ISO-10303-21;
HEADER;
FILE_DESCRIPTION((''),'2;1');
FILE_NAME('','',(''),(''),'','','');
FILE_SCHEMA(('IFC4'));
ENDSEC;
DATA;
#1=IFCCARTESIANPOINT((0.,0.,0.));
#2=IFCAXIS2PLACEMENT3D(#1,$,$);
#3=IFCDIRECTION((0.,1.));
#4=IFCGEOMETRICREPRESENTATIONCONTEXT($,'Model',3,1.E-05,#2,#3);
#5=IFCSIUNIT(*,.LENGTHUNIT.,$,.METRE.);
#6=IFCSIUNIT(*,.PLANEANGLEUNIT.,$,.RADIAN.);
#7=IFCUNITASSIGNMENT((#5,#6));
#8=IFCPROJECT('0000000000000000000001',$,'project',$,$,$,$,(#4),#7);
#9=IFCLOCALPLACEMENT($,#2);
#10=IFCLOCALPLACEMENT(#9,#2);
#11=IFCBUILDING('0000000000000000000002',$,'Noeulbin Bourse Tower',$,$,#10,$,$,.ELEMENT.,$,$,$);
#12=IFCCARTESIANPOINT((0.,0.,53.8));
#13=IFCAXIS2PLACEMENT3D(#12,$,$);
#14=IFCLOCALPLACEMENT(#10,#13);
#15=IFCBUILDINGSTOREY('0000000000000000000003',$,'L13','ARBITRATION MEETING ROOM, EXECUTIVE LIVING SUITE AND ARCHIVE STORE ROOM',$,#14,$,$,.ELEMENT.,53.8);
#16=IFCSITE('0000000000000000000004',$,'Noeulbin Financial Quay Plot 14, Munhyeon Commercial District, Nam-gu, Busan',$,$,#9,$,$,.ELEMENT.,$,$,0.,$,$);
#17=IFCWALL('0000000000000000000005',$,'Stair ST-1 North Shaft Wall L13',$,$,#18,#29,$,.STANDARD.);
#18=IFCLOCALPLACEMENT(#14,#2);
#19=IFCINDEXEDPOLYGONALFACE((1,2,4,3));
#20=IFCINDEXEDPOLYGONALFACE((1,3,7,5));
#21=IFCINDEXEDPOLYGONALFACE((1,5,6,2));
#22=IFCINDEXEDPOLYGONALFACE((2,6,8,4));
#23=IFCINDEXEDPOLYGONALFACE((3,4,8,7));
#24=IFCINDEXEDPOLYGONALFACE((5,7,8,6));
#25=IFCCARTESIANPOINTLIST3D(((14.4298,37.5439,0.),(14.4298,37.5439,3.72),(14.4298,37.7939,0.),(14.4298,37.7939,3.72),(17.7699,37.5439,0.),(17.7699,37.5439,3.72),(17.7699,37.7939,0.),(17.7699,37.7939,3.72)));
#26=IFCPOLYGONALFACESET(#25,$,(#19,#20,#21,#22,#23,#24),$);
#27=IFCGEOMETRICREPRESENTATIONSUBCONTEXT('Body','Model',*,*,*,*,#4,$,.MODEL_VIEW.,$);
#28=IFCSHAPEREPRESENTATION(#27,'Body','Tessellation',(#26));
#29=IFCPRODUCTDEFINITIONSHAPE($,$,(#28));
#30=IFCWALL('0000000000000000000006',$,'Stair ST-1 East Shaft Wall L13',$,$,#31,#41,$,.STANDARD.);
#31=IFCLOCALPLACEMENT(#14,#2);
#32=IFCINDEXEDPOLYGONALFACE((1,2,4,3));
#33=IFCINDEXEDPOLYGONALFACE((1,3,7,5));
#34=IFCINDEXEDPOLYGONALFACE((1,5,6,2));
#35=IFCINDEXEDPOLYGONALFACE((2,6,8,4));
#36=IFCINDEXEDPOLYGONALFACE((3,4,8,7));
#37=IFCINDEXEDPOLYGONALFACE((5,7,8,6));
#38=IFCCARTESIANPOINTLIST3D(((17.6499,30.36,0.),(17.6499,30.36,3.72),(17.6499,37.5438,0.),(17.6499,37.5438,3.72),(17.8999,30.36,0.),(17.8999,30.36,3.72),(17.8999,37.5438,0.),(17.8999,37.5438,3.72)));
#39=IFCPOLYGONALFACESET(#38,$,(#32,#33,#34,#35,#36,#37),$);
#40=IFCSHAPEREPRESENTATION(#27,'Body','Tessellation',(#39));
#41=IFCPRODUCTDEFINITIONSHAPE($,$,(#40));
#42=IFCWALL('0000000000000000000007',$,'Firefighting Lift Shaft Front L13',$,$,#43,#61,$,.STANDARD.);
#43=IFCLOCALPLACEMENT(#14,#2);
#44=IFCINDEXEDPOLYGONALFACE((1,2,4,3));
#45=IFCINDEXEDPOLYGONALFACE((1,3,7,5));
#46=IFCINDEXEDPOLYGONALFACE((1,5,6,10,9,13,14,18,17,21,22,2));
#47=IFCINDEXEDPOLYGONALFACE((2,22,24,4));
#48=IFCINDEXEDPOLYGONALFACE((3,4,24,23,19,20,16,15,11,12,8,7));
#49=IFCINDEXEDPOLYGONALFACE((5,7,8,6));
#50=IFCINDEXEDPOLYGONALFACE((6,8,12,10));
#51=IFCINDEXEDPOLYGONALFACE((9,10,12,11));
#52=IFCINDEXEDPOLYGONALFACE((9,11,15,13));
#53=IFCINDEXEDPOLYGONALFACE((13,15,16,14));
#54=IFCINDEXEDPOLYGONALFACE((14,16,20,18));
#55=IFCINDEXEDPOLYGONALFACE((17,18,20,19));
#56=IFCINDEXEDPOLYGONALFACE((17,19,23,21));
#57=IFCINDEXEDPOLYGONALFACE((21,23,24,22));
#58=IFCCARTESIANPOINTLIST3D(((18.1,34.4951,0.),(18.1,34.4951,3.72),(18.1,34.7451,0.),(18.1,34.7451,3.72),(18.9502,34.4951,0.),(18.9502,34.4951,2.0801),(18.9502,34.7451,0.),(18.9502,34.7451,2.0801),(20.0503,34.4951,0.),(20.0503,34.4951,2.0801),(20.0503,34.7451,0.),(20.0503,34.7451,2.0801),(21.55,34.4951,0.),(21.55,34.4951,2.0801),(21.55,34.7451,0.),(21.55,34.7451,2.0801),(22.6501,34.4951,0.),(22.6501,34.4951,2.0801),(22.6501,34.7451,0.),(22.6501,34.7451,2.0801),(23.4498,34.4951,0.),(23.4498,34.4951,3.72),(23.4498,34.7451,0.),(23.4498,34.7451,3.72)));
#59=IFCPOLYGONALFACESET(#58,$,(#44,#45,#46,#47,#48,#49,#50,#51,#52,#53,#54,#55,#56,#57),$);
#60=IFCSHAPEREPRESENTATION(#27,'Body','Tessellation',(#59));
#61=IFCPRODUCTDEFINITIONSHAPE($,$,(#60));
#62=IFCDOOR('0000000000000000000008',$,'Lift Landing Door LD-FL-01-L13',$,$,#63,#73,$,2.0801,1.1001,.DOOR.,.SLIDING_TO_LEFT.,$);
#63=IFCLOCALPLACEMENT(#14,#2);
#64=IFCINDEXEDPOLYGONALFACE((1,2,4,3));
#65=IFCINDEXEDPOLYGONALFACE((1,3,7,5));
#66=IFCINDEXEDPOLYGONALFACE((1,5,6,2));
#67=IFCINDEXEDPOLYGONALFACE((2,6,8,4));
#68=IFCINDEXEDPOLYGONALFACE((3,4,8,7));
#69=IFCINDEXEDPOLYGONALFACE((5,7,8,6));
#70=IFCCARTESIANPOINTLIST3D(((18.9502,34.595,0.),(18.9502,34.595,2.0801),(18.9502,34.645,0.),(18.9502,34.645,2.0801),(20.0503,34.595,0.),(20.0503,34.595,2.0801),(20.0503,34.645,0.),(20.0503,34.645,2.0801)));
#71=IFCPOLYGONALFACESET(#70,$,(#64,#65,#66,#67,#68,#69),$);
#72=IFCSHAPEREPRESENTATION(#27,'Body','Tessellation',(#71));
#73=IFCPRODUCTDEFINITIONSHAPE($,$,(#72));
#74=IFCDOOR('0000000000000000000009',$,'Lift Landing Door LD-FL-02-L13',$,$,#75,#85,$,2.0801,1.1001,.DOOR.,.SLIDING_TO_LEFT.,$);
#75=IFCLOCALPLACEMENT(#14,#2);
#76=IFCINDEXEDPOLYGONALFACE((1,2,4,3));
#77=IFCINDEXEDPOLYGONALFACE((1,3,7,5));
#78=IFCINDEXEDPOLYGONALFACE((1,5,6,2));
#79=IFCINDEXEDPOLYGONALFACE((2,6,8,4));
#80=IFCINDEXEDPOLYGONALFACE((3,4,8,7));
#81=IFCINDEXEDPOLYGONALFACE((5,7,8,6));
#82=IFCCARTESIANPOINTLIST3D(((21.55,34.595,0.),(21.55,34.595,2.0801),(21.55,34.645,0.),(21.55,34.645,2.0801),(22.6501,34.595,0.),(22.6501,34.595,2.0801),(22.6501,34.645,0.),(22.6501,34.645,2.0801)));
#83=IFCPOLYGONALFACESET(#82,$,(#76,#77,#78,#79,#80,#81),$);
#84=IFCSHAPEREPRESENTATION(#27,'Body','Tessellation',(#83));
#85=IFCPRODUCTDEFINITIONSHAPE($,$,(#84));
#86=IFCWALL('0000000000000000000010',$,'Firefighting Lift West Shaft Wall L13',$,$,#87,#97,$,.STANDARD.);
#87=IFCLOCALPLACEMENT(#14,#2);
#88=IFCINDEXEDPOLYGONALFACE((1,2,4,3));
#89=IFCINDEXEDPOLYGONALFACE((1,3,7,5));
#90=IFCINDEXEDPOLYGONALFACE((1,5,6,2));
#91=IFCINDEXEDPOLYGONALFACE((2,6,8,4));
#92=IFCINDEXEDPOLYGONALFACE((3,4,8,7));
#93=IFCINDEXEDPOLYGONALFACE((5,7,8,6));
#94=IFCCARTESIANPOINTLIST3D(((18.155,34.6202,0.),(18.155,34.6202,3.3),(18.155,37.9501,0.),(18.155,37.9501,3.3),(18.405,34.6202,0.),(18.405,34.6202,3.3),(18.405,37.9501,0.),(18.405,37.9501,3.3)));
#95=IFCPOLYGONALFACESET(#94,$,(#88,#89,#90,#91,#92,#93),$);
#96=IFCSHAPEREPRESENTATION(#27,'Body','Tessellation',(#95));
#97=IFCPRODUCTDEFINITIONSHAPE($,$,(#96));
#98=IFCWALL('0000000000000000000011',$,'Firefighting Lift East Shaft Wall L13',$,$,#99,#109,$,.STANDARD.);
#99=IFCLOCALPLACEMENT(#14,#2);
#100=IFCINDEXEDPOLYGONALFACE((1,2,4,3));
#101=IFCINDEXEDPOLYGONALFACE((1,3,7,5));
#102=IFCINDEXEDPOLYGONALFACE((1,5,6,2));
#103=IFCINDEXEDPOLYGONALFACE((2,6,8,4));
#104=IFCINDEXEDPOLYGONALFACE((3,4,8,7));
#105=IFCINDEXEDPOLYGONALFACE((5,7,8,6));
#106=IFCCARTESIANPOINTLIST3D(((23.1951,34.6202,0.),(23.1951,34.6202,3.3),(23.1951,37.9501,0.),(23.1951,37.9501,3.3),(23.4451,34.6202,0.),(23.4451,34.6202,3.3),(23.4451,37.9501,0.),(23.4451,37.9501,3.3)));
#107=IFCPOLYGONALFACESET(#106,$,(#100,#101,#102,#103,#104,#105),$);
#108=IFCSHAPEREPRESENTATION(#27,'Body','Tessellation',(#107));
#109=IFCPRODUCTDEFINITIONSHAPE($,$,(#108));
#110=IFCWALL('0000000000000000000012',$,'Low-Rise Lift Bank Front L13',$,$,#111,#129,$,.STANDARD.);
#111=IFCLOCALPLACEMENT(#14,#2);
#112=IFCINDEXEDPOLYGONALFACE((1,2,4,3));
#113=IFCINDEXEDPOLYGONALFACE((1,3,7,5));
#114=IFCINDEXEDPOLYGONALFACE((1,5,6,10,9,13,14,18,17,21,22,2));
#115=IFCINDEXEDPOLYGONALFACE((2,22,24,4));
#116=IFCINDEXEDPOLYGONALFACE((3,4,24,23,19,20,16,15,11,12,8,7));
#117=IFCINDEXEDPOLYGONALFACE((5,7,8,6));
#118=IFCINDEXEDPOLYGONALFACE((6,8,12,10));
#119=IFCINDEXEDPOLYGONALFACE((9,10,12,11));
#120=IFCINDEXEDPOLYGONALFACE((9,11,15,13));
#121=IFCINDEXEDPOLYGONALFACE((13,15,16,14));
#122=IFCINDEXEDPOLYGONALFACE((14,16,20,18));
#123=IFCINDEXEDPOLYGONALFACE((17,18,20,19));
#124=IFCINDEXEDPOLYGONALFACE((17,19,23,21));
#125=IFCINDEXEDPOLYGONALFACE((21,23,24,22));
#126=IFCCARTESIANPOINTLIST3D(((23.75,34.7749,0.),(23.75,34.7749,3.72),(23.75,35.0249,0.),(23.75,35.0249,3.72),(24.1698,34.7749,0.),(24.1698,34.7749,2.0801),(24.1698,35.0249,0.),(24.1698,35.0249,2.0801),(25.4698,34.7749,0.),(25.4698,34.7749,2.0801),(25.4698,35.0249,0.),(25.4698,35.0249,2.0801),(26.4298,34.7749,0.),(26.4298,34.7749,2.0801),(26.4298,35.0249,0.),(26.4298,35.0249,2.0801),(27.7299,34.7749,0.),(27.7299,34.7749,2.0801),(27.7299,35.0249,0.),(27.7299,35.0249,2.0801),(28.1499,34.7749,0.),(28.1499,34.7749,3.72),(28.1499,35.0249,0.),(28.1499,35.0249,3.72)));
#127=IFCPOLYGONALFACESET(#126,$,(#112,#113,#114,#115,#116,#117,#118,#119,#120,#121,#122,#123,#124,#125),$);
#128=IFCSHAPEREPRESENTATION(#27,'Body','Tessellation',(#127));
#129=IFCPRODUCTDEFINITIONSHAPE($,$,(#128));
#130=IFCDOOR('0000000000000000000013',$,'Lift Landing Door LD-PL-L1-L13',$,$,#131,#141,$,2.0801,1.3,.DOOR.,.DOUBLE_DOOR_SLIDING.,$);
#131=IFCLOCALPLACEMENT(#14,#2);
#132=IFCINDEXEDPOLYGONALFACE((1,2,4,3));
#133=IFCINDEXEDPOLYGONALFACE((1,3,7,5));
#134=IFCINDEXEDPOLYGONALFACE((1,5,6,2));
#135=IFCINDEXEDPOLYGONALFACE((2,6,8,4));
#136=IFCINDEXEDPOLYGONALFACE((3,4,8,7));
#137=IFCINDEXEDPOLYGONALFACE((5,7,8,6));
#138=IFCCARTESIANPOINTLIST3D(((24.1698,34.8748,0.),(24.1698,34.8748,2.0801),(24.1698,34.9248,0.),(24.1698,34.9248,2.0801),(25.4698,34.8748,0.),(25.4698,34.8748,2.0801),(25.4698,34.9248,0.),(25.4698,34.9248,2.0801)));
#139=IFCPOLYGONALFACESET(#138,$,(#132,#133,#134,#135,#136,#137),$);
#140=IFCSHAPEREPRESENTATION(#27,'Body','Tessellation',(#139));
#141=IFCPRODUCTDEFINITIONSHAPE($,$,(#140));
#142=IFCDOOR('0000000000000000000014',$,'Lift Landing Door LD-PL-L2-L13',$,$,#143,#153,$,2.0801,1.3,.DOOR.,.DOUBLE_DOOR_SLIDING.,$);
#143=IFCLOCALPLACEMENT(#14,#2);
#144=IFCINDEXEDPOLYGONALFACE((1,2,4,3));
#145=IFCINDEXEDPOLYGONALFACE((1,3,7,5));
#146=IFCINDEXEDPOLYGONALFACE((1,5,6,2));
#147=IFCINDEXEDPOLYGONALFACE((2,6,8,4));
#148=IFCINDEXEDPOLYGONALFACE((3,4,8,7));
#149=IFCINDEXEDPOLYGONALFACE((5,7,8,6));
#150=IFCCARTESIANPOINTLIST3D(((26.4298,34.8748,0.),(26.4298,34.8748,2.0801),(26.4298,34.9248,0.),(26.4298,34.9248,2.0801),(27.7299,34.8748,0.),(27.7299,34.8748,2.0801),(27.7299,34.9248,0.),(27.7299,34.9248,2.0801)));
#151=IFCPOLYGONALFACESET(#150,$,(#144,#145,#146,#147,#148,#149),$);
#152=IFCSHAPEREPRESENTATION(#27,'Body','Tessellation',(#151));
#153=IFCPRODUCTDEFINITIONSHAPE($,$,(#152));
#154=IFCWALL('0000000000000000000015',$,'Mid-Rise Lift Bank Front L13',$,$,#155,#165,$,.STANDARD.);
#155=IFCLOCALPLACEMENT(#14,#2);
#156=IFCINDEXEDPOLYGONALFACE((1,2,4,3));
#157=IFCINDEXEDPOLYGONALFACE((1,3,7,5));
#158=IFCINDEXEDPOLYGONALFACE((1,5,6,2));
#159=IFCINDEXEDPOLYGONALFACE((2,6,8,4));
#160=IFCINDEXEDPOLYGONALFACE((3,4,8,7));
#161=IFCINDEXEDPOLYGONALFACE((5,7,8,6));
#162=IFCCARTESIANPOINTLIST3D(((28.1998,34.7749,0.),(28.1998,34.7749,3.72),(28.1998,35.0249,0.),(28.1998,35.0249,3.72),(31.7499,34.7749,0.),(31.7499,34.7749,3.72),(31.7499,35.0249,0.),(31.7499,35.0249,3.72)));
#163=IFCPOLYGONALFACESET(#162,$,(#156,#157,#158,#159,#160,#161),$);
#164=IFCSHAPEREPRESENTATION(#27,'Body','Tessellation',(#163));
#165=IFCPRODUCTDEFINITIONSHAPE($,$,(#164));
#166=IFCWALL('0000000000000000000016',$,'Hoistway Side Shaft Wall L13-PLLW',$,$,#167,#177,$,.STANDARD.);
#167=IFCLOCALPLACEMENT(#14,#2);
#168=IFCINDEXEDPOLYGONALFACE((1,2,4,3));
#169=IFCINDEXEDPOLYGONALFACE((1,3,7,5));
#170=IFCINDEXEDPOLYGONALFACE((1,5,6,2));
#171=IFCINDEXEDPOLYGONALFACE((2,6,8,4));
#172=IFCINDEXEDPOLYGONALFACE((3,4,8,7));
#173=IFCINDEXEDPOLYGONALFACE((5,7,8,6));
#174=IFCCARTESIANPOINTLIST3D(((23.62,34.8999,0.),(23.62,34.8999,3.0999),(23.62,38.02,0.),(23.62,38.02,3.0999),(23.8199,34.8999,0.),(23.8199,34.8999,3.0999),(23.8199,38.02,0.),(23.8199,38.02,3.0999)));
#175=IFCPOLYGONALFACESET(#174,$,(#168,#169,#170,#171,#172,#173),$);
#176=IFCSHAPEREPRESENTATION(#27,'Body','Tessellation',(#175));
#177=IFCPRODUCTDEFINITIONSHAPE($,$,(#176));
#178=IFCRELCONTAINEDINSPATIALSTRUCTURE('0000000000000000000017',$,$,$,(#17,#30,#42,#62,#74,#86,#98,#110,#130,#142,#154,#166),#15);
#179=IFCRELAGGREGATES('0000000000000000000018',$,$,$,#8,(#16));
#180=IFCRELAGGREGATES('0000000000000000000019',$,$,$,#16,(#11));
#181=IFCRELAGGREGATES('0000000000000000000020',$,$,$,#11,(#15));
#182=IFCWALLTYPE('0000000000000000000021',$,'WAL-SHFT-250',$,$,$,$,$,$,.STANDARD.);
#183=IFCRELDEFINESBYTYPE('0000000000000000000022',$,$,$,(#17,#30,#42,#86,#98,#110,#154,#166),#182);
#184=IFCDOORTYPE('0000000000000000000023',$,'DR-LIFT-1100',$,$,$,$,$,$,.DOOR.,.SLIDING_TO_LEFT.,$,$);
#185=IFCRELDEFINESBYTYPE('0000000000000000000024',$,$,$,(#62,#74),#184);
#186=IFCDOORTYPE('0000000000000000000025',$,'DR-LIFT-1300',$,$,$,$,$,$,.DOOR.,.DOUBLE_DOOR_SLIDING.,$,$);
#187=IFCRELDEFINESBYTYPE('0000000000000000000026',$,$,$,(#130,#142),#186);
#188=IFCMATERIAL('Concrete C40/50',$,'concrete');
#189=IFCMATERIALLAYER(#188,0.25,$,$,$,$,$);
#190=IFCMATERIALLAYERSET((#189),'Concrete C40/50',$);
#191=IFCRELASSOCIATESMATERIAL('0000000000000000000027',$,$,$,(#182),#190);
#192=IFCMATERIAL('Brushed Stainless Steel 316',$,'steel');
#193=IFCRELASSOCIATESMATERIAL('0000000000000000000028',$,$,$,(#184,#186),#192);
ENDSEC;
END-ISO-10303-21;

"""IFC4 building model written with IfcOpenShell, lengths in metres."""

from ifc_helpers import new_model, si_unit, direction, frame, frame_2d, origin, place, context, subcontext, project, spatial, rectangle, extrude, material, layer, layer_set, type_object, element, fill, save


model = new_model("IFC4")

# Units and contexts
model_context = context("Model", 3, precision=1e-05, world=origin(), true_north=direction((0.0, 1.0)))
body_context = subcontext(model_context, "Body", "Model", "MODEL_VIEW")
ifc_project = project(units=[si_unit("LENGTHUNIT", "METRE"), si_unit("PLANEANGLEUNIT", "RADIAN")], contexts=[model_context])

# Site, building, storey
site_placement = place(None, origin())
site = spatial("IfcSite", under=ifc_project, at=site_placement, Name="Noeulbin Financial Quay Plot 14, Munhyeon Commercial District, Nam-gu, Busan", CompositionType="ELEMENT", RefElevation=0.0)
building_placement = place(site_placement, origin())
building = spatial("IfcBuilding", under=site, at=building_placement, Name="Noeulbin Bourse Tower", CompositionType="ELEMENT")
storey_placement = place(building_placement, frame((0.0, 0.0, 53.8)))
storey = spatial("IfcBuildingStorey", under=building, at=storey_placement, Name="L13", Description="ARBITRATION MEETING ROOM, EXECUTIVE LIVING SUITE AND ARCHIVE STORE ROOM", CompositionType="ELEMENT", Elevation=53.8)

# Walls
ifc_material_1 = material(Name="Concrete C40/50", Category="concrete")
ifc_layer_1 = layer(ifc_material_1, 0.25)
ifc_layer_set_1 = layer_set([ifc_layer_1], Name="Concrete C40/50")
wall_type_1 = type_object("IfcWallType", Name="WAL-SHFT-250", PredefinedType="STANDARD", material=ifc_layer_set_1)
wall_1_placement = place(storey_placement, frame((14.4299, 37.6689, 0.0), z_axis=(0.0, 0.0, 1.0), x_axis=(1.0, 0.0, 0.0)))
element("IfcWall", 1, at=wall_1_placement, inside=storey, type_object=wall_type_1, Name="Stair ST-1 North Shaft Wall L13", PredefinedType="STANDARD", context=body_context, shape_type="SweptSolid", body=[
    extrude(rectangle(XDim=3.3401, YDim=0.25, at=frame_2d((1.6699, 0.0))), origin(), (0.0, 0.0, 1.0), 3.72),
])
wall_2_placement = place(storey_placement, frame((17.7749, 30.3601, 0.0), z_axis=(0.0, 0.0, 1.0), x_axis=(0.0, 1.0, 0.0)))
element("IfcWall", 2, at=wall_2_placement, inside=storey, type_object=wall_type_1, Name="Stair ST-1 East Shaft Wall L13", PredefinedType="STANDARD", context=body_context, shape_type="SweptSolid", body=[
    extrude(rectangle(XDim=7.1838, YDim=0.25, at=frame_2d((3.5918, 0.0))), origin(), (0.0, 0.0, 1.0), 3.72),
])

# Wall, openings, doors
wall_3_placement = place(storey_placement, frame((18.1001, 34.6201, 0.0), z_axis=(0.0, 0.0, 1.0), x_axis=(1.0, 0.0, 0.0)))
wall_3 = element("IfcWall", 3, at=wall_3_placement, inside=storey, type_object=wall_type_1, Name="Firefighting Lift Shaft Front L13", PredefinedType="STANDARD", context=body_context, shape_type="SweptSolid", body=[
    extrude(rectangle(XDim=5.3499, YDim=0.25, at=frame_2d((2.6748, 0.0))), origin(), (0.0, 0.0, 1.0), 3.72),
])
opening_1_placement = place(wall_3_placement, frame((0.8501, 0.0, 0.0)))
opening_1 = element("IfcOpeningElement", 4, at=opening_1_placement, cuts=wall_3, PredefinedType="OPENING", context=body_context, shape_type="SweptSolid", body=[
    extrude(rectangle(XDim=1.1001, YDim=2.0801, at=frame_2d((0.55, 1.04))), frame((0.0, 0.135, 0.0), z_axis=(0.0, -1.0, 0.0), x_axis=(1.0, 0.0, 0.0)), (0.0, 0.0, 1.0), 0.27),
])
opening_2_placement = place(wall_3_placement, frame((3.45, 0.0, 0.0)))
opening_2 = element("IfcOpeningElement", 5, at=opening_2_placement, cuts=wall_3, PredefinedType="OPENING", context=body_context, shape_type="SweptSolid", body=[
    extrude(rectangle(XDim=1.1001, YDim=2.0801, at=frame_2d((0.55, 1.04))), frame((0.0, 0.135, 0.0), z_axis=(0.0, -1.0, 0.0), x_axis=(1.0, 0.0, 0.0)), (0.0, 0.0, 1.0), 0.27),
])
ifc_material_2 = material(Name="Brushed Stainless Steel 316", Category="steel")
door_type_1 = type_object("IfcDoorType", Name="DR-LIFT-1100", OperationType="SLIDING_TO_LEFT", PredefinedType="DOOR", material=ifc_material_2)
door_1_placement = place(opening_1_placement, origin())
door_1 = element("IfcDoor", 6, at=door_1_placement, inside=storey, type_object=door_type_1, Name="Lift Landing Door LD-FL-01-L13", OperationType="SLIDING_TO_LEFT", OverallHeight=2.0801, OverallWidth=1.1001, PredefinedType="DOOR", context=body_context, shape_type="SweptSolid", body=[
    extrude(rectangle(XDim=1.1001, YDim=2.0801, at=frame_2d((0.55, 1.04))), frame((0.0, 0.0249, 0.0), z_axis=(0.0, -1.0, 0.0), x_axis=(1.0, 0.0, 0.0)), (0.0, 0.0, 1.0), 0.05),
])
fill(opening_1, door_1)
door_2_placement = place(opening_2_placement, origin())
door_2 = element("IfcDoor", 7, at=door_2_placement, inside=storey, type_object=door_type_1, Name="Lift Landing Door LD-FL-02-L13", OperationType="SLIDING_TO_LEFT", OverallHeight=2.0801, OverallWidth=1.1001, PredefinedType="DOOR", context=body_context, shape_type="SweptSolid", body=[
    extrude(rectangle(XDim=1.1001, YDim=2.0801, at=frame_2d((0.55, 1.04))), frame((0.0, 0.0249, 0.0), z_axis=(0.0, -1.0, 0.0), x_axis=(1.0, 0.0, 0.0)), (0.0, 0.0, 1.0), 0.05),
])
fill(opening_2, door_2)

# Walls
for number, where, z_axis, x_axis, name in (
    (8, (18.28, 34.6201, 0.0), (0.0, 0.0, 1.0), (0.0, 1.0, 0.0), "Firefighting Lift West Shaft Wall L13"),
    (9, (23.3201, 34.6201, 0.0), (0.0, 0.0, 1.0), (0.0, 1.0, 0.0), "Firefighting Lift East Shaft Wall L13"),
):
    element("IfcWall", number, at=place(storey_placement, frame(where, z_axis=z_axis, x_axis=x_axis)), inside=storey, type_object=wall_type_1, Name=name, PredefinedType="STANDARD", context=body_context, shape_type="SweptSolid", body=[
        extrude(rectangle(XDim=3.3298, YDim=0.25, at=frame_2d((1.665, 0.0))), origin(), (0.0, 0.0, 1.0), 3.3),
    ])

# Wall, openings, doors
wall_4_placement = place(storey_placement, frame((23.75, 34.8999, 0.0), z_axis=(0.0, 0.0, 1.0), x_axis=(1.0, 0.0, 0.0)))
wall_4 = element("IfcWall", 10, at=wall_4_placement, inside=storey, type_object=wall_type_1, Name="Low-Rise Lift Bank Front L13", PredefinedType="STANDARD", context=body_context, shape_type="SweptSolid", body=[
    extrude(rectangle(XDim=4.3999, YDim=0.25, at=frame_2d((2.2, 0.0))), origin(), (0.0, 0.0, 1.0), 3.72),
])
opening_3_placement = place(wall_4_placement, frame((0.4199, 0.0, 0.0)))
opening_3 = element("IfcOpeningElement", 11, at=opening_3_placement, cuts=wall_4, PredefinedType="OPENING", context=body_context, shape_type="SweptSolid", body=[
    extrude(rectangle(XDim=1.3, YDim=2.0801, at=frame_2d((0.6499, 1.04))), frame((0.0, 0.135, 0.0), z_axis=(0.0, -1.0, 0.0), x_axis=(1.0, 0.0, 0.0)), (0.0, 0.0, 1.0), 0.27),
])
opening_4_placement = place(wall_4_placement, frame((2.6799, 0.0, 0.0)))
opening_4 = element("IfcOpeningElement", 12, at=opening_4_placement, cuts=wall_4, PredefinedType="OPENING", context=body_context, shape_type="SweptSolid", body=[
    extrude(rectangle(XDim=1.3, YDim=2.0801, at=frame_2d((0.6499, 1.04))), frame((0.0, 0.135, 0.0), z_axis=(0.0, -1.0, 0.0), x_axis=(1.0, 0.0, 0.0)), (0.0, 0.0, 1.0), 0.27),
])
door_type_2 = type_object("IfcDoorType", Name="DR-LIFT-1300", OperationType="DOUBLE_DOOR_SLIDING", PredefinedType="DOOR", material=ifc_material_2)
door_3_placement = place(opening_3_placement, origin())
door_3 = element("IfcDoor", 13, at=door_3_placement, inside=storey, type_object=door_type_2, Name="Lift Landing Door LD-PL-L1-L13", OperationType="DOUBLE_DOOR_SLIDING", OverallHeight=2.0801, OverallWidth=1.3, PredefinedType="DOOR", context=body_context, shape_type="SweptSolid", body=[
    extrude(rectangle(XDim=1.3, YDim=2.0801, at=frame_2d((0.6499, 1.04))), frame((0.0, 0.0249, 0.0), z_axis=(0.0, -1.0, 0.0), x_axis=(1.0, 0.0, 0.0)), (0.0, 0.0, 1.0), 0.05),
])
fill(opening_3, door_3)
door_4_placement = place(opening_4_placement, origin())
door_4 = element("IfcDoor", 14, at=door_4_placement, inside=storey, type_object=door_type_2, Name="Lift Landing Door LD-PL-L2-L13", OperationType="DOUBLE_DOOR_SLIDING", OverallHeight=2.0801, OverallWidth=1.3, PredefinedType="DOOR", context=body_context, shape_type="SweptSolid", body=[
    extrude(rectangle(XDim=1.3, YDim=2.0801, at=frame_2d((0.6499, 1.04))), frame((0.0, 0.0249, 0.0), z_axis=(0.0, -1.0, 0.0), x_axis=(1.0, 0.0, 0.0)), (0.0, 0.0, 1.0), 0.05),
])
fill(opening_4, door_4)

# Walls
wall_5_placement = place(storey_placement, frame((28.2, 34.8999, 0.0), z_axis=(0.0, 0.0, 1.0), x_axis=(1.0, 0.0, 0.0)))
element("IfcWall", 15, at=wall_5_placement, inside=storey, type_object=wall_type_1, Name="Mid-Rise Lift Bank Front L13", PredefinedType="STANDARD", context=body_context, shape_type="SweptSolid", body=[
    extrude(rectangle(XDim=3.55, YDim=0.25, at=frame_2d((1.7749, 0.0))), origin(), (0.0, 0.0, 1.0), 3.72),
])
wall_6_placement = place(storey_placement, frame((23.72, 34.8999, 0.0), z_axis=(0.0, 0.0, 1.0), x_axis=(0.0, 1.0, 0.0)))
element("IfcWall", 16, at=wall_6_placement, inside=storey, type_object=wall_type_1, Name="Hoistway Side Shaft Wall L13-PLLW", PredefinedType="STANDARD", context=body_context, shape_type="SweptSolid", body=[
    extrude(rectangle(XDim=3.1201, YDim=0.2, at=frame_2d((1.5601, 0.0))), origin(), (0.0, 0.0, 1.0), 3.0999),
])

save(model, "model.ifc")
